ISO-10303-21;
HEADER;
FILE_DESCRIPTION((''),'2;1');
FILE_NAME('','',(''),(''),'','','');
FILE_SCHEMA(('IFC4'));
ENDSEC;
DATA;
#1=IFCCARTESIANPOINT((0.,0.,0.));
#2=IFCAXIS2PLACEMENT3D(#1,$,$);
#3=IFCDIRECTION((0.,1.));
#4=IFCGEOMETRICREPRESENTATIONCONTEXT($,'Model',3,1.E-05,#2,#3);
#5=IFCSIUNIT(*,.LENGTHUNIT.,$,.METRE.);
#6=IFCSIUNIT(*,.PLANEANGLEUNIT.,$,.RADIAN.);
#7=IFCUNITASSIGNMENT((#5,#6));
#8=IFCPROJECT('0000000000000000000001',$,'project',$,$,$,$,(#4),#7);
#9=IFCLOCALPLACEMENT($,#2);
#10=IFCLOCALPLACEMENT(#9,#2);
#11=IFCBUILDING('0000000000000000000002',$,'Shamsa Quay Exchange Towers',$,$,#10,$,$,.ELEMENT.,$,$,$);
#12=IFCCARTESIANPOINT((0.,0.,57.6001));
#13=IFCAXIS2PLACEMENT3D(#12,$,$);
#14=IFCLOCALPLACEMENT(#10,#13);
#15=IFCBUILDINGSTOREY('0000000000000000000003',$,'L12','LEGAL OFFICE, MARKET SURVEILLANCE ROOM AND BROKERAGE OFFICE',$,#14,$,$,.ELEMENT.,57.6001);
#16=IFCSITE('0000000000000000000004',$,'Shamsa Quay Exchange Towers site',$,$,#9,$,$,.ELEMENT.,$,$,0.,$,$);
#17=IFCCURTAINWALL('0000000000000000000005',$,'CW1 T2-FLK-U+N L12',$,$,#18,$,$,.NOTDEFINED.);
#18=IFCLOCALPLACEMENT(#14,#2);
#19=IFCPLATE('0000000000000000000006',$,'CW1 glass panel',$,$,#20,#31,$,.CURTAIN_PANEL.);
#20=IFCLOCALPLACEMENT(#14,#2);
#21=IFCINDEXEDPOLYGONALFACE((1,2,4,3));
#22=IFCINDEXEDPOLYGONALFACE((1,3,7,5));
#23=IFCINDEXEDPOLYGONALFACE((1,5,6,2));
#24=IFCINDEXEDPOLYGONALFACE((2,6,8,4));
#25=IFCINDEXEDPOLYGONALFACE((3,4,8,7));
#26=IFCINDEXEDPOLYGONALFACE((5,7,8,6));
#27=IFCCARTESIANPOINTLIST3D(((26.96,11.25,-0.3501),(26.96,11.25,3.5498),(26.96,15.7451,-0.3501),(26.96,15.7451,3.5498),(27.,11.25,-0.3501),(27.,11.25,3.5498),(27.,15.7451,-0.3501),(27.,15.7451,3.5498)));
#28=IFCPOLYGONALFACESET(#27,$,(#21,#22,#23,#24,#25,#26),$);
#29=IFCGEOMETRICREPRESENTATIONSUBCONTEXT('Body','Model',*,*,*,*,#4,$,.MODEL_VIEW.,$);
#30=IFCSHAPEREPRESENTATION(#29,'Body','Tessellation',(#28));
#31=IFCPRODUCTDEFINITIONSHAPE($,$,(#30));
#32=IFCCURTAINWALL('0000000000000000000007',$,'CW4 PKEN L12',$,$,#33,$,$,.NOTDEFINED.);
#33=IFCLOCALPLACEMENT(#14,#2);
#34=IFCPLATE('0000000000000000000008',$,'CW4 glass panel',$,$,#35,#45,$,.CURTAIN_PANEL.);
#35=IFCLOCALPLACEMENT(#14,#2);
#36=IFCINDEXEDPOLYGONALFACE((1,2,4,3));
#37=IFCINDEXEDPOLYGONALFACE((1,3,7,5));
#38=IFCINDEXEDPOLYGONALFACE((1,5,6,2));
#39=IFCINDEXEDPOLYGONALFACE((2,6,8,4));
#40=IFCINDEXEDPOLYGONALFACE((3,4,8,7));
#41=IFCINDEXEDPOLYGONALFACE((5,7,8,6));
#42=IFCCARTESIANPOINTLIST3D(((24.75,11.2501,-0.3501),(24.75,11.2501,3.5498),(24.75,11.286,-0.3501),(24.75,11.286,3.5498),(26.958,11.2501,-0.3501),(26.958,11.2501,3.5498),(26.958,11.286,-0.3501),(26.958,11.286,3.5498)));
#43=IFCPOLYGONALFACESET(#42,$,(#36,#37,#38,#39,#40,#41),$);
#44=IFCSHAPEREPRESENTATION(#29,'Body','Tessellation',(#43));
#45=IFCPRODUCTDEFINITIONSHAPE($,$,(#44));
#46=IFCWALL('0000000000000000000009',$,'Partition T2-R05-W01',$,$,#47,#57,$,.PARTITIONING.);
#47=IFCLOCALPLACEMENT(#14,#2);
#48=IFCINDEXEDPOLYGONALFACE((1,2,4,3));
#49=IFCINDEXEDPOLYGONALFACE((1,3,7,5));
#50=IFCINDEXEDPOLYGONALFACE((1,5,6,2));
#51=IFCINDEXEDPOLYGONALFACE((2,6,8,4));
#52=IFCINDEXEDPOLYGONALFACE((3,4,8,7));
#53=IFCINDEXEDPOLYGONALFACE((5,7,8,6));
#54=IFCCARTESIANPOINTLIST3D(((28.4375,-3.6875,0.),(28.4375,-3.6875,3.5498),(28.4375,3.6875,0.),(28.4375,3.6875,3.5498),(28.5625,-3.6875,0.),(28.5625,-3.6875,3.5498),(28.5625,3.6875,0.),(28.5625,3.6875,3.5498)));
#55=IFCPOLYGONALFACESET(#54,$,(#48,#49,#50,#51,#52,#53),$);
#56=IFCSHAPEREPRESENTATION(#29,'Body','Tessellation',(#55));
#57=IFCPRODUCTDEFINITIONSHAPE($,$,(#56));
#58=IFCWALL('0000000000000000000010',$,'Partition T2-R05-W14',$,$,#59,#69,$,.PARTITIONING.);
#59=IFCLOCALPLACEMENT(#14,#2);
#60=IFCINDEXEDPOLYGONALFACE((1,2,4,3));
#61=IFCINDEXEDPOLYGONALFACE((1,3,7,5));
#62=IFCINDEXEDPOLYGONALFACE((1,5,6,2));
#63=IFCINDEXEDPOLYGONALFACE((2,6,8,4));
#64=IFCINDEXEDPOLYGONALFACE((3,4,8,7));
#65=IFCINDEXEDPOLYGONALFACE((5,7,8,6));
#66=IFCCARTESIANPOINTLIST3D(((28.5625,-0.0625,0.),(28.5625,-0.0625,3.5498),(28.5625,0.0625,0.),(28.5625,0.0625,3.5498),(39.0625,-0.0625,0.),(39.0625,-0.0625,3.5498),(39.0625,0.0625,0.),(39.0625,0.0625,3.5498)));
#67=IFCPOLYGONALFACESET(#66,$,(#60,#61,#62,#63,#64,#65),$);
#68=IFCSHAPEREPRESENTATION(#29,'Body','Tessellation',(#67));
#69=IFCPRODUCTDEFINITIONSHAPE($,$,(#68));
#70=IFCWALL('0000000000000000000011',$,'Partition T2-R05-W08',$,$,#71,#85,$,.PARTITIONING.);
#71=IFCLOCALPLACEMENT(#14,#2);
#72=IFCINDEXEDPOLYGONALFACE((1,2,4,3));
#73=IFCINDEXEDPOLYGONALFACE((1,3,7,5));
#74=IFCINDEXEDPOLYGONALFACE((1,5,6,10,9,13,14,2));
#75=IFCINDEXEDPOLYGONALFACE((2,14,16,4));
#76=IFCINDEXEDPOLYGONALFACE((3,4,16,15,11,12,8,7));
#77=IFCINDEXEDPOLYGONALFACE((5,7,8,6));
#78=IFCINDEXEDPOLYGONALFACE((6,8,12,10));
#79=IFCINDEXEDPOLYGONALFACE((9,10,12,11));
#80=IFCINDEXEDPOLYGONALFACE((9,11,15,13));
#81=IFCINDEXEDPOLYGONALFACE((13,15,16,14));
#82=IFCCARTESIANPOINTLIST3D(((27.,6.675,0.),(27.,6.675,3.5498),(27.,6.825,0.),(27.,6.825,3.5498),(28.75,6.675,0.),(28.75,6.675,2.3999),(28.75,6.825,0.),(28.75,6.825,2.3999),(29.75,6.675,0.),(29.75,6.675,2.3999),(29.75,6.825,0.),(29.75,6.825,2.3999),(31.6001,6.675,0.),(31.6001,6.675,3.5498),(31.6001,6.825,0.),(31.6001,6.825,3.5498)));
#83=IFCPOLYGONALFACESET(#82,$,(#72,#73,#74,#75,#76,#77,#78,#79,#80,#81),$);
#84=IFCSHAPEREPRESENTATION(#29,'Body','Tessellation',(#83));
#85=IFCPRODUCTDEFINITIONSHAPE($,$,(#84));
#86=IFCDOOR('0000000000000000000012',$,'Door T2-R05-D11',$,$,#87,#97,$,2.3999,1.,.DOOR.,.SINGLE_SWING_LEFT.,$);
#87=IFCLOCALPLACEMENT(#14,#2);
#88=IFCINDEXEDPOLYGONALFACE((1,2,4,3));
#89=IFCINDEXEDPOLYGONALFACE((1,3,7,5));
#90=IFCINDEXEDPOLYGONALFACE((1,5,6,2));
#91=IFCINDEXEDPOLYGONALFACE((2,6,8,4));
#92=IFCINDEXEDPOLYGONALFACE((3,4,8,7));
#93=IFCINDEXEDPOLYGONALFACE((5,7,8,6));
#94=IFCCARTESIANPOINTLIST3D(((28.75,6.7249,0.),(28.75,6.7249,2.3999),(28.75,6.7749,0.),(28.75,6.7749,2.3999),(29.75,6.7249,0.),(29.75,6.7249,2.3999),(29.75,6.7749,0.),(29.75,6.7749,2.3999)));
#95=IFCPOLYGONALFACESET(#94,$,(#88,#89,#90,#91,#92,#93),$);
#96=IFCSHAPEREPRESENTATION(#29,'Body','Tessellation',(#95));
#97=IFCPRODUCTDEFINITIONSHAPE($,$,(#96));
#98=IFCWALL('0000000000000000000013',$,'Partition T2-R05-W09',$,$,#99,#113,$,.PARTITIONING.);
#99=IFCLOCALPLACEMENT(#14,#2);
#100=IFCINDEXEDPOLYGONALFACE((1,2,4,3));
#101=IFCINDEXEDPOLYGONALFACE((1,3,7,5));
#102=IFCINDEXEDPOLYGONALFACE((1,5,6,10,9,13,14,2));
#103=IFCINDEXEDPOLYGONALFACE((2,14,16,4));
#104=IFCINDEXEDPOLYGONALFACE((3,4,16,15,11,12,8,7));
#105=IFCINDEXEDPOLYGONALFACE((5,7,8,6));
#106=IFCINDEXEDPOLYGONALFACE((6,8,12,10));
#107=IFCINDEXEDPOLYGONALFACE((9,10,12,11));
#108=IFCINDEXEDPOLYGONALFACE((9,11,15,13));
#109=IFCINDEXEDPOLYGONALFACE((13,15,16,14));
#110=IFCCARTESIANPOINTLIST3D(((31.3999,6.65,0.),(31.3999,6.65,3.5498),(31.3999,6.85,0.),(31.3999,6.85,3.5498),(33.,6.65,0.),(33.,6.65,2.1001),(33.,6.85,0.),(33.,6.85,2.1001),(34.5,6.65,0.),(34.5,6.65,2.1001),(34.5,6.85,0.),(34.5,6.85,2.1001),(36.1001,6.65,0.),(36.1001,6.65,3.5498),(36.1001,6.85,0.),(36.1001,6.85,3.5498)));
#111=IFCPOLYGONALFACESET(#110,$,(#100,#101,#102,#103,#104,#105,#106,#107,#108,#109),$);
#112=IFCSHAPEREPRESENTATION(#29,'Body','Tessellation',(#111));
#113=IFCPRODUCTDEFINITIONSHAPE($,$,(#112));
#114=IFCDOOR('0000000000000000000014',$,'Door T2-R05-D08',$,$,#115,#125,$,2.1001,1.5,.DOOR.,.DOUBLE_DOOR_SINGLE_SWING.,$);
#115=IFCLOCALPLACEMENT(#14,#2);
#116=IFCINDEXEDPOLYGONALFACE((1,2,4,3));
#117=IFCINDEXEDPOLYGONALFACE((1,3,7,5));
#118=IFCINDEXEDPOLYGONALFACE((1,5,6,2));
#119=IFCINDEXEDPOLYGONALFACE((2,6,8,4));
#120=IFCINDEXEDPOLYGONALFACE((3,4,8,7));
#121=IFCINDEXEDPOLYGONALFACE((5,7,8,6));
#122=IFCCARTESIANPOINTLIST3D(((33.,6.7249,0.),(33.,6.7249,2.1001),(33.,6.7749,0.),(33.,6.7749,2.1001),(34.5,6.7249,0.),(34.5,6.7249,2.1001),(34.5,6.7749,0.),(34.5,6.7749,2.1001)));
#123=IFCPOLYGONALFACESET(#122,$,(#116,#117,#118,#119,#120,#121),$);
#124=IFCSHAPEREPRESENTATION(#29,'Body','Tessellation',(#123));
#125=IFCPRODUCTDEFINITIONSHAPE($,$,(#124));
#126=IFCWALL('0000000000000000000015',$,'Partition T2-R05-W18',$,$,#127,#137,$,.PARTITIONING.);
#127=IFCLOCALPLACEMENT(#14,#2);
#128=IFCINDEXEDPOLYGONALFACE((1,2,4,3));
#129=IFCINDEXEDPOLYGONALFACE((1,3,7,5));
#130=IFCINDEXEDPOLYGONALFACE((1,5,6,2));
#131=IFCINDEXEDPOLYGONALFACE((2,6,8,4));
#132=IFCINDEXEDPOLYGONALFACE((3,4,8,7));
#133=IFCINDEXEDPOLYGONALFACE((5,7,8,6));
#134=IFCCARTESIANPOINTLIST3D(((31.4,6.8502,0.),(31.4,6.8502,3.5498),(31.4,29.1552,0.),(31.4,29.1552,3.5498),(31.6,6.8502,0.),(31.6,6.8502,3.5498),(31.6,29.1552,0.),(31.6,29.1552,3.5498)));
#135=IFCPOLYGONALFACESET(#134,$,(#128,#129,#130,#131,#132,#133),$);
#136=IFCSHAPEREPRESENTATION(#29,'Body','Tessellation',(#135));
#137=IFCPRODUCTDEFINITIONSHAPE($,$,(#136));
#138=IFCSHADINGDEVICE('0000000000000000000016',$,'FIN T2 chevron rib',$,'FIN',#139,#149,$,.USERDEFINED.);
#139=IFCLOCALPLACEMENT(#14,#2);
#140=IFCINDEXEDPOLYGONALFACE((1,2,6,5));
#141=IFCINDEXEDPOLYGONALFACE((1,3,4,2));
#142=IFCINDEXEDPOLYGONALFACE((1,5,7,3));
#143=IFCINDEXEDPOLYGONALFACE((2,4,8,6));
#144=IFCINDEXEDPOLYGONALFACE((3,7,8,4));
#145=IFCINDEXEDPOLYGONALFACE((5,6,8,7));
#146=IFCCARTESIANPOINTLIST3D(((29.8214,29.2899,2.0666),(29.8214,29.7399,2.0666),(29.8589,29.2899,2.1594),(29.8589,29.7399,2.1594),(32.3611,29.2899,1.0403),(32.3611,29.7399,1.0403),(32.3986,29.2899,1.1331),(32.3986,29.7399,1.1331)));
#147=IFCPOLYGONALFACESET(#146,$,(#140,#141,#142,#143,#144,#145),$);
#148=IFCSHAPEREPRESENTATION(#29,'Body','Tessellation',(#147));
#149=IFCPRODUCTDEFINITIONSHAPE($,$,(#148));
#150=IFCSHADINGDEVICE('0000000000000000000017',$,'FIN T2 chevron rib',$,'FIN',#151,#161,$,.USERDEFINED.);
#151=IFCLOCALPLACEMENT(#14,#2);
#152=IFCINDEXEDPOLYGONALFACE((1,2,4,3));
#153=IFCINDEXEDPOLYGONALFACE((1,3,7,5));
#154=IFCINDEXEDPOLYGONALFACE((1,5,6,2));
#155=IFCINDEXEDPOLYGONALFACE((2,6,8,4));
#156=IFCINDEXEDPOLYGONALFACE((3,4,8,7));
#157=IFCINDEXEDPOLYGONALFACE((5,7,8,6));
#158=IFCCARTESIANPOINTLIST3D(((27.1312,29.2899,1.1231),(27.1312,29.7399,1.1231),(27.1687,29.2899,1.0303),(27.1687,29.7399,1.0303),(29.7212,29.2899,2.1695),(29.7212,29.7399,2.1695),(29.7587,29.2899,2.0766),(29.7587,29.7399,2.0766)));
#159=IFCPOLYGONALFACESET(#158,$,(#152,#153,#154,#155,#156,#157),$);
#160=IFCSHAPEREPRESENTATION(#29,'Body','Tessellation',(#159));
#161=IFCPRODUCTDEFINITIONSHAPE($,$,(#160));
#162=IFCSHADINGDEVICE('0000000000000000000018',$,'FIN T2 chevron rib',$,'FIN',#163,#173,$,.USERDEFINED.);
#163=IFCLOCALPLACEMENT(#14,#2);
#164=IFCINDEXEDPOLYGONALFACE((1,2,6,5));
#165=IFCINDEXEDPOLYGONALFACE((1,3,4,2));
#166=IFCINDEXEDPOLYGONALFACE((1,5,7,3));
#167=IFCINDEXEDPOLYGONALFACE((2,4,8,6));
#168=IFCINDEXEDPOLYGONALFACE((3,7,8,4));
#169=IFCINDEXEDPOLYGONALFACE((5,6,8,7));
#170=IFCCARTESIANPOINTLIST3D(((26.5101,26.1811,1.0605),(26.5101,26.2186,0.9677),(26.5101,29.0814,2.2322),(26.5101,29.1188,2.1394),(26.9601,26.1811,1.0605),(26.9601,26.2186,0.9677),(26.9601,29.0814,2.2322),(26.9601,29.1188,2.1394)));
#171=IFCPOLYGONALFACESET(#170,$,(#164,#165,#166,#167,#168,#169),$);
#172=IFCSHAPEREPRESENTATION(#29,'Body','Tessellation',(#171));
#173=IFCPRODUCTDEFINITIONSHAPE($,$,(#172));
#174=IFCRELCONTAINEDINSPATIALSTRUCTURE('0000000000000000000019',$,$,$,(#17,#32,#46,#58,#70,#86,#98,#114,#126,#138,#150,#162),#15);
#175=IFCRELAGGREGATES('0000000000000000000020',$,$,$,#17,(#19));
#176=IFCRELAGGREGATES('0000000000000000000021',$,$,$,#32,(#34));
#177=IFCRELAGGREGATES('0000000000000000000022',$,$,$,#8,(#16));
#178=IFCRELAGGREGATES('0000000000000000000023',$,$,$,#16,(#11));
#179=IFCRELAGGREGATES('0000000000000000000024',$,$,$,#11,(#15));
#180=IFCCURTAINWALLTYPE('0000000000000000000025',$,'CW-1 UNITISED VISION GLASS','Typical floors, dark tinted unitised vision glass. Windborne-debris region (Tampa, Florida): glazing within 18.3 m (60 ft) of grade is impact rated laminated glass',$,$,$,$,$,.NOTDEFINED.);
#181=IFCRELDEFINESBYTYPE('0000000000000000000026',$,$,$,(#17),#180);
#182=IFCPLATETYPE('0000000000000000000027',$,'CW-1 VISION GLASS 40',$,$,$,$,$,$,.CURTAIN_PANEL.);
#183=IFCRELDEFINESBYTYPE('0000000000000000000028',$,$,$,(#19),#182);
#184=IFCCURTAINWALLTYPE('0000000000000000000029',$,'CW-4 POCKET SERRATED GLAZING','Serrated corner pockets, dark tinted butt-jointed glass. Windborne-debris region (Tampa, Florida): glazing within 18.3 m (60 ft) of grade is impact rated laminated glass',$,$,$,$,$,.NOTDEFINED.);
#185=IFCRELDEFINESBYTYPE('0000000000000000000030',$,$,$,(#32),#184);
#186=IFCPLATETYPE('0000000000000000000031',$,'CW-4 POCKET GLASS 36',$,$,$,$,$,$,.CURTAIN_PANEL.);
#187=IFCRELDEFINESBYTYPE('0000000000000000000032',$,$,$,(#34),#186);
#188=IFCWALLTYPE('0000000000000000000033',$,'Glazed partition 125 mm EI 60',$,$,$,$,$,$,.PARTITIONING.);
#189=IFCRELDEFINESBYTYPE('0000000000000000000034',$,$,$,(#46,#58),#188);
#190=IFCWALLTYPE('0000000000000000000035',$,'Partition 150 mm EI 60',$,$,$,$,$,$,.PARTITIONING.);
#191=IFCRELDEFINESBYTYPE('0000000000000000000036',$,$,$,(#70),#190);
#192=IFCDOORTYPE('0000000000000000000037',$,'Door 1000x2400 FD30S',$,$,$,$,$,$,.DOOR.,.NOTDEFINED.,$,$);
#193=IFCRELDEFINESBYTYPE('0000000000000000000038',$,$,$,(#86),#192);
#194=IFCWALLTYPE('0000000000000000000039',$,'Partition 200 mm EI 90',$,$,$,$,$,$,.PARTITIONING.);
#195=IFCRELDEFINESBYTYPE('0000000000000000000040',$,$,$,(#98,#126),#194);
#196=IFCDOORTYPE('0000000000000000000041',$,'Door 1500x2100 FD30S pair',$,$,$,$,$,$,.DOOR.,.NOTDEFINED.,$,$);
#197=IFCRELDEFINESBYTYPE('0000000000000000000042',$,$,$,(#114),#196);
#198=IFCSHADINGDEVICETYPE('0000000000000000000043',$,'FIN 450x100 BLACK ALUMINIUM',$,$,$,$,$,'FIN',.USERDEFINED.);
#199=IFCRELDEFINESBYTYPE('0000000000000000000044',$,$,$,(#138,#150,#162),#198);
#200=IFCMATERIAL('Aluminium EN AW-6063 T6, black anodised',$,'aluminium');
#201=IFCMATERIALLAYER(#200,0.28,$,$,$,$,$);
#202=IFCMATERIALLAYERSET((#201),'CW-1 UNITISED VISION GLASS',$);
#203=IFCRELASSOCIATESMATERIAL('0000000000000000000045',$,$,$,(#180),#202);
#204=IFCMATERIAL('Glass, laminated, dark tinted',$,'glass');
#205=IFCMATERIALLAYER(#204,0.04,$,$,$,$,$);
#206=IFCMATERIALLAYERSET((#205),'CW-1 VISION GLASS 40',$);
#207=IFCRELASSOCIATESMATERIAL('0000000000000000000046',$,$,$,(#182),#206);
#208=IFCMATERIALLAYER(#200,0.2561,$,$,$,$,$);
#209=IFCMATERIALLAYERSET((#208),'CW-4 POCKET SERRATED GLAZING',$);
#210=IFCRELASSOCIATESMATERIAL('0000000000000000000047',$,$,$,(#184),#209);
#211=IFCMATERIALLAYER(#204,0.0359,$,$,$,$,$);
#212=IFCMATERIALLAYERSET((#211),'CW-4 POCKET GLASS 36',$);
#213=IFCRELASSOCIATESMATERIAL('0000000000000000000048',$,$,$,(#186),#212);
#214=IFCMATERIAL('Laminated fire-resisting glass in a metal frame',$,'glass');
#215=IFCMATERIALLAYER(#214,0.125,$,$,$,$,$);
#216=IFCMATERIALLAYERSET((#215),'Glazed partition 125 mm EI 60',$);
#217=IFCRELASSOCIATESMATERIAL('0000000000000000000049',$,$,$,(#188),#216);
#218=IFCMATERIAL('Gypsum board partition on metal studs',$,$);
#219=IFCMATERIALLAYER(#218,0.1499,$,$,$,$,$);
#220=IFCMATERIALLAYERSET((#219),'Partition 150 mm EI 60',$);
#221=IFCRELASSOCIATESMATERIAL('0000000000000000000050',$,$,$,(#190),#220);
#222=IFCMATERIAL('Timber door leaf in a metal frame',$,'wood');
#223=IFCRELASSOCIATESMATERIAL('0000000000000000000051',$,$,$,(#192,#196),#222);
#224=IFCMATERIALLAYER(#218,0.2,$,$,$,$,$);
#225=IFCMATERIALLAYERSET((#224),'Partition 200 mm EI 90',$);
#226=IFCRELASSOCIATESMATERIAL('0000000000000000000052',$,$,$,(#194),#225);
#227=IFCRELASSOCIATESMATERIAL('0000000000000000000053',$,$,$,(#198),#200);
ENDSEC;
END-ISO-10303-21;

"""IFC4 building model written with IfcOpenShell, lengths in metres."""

from ifc_helpers import new_model, si_unit, direction, frame, frame_2d, origin, origin_2d, place, context, subcontext, project, spatial, rectangle, extrude, material, layer, layer_set, material_profile, profile_set, type_object, element, fill, aggregate, save


model = new_model("IFC4")

# Units and contexts
model_context = context("Model", 3, precision=1e-05, world=origin(), true_north=direction((0.0, 1.0)))
body_context = subcontext(model_context, "Body", "Model", "MODEL_VIEW")
ifc_project = project(units=[si_unit("LENGTHUNIT", "METRE"), si_unit("PLANEANGLEUNIT", "RADIAN")], contexts=[model_context])

# Site, building, storey
site_placement = place(None, origin())
site = spatial("IfcSite", under=ifc_project, at=site_placement, Name="Shamsa Quay Exchange Towers site", CompositionType="ELEMENT", RefElevation=0.0)
building_placement = place(site_placement, origin())
building = spatial("IfcBuilding", under=site, at=building_placement, Name="Shamsa Quay Exchange Towers", CompositionType="ELEMENT")
storey_placement = place(building_placement, frame((0.0, 0.0, 57.6001)))
storey = spatial("IfcBuildingStorey", under=building, at=storey_placement, Name="L12", Description="LEGAL OFFICE, MARKET SURVEILLANCE ROOM AND BROKERAGE OFFICE", CompositionType="ELEMENT", Elevation=57.6001)

# Curtain wall
ifc_material_1 = material(Name="Aluminium EN AW-6063 T6, black anodised", Category="aluminium")
ifc_layer_1 = layer(ifc_material_1, 0.28)
ifc_layer_set_1 = layer_set([ifc_layer_1], Name="CW-1 UNITISED VISION GLASS")
curtain_wall_type_1 = type_object("IfcCurtainWallType", Name="CW-1 UNITISED VISION GLASS", Description="Typical floors, dark tinted unitised vision glass. Windborne-debris region (Tampa, Florida): glazing within 18.3 m (60 ft) of grade is impact rated laminated glass", PredefinedType="NOTDEFINED", material=ifc_layer_set_1)
curtain_wall_1_placement = place(storey_placement, origin())
curtain_wall_1 = element("IfcCurtainWall", 1, at=curtain_wall_1_placement, inside=storey, type_object=curtain_wall_type_1, Name="CW1 T2-FLK-U+N L12", PredefinedType="NOTDEFINED")

# Shared definitions
ifc_material_2 = material(Name="Glass, laminated, dark tinted", Category="glass")
ifc_layer_2 = layer(ifc_material_2, 0.04)
ifc_layer_set_2 = layer_set([ifc_layer_2], Name="CW-1 VISION GLASS 40")
plate_type_1 = type_object("IfcPlateType", Name="CW-1 VISION GLASS 40", PredefinedType="CURTAIN_PANEL", material=ifc_layer_set_2)

# Plate
plate_1_placement = place(storey_placement, frame((26.98, 13.4976, -0.3501), z_axis=(0.0, 0.0, 1.0), x_axis=(0.0, -1.0, 0.0)))
plate_1 = element("IfcPlate", 2, at=plate_1_placement, type_object=plate_type_1, Name="CW1 glass panel", PredefinedType="CURTAIN_PANEL", context=body_context, shape_type="SweptSolid", body=[
    extrude(rectangle(XDim=4.4951, YDim=0.04, at=origin_2d()), origin(), (0.0, 0.0, 1.0), 3.8999),
])
aggregate(curtain_wall_1, [plate_1])

# Curtain wall, plate
ifc_layer_3 = layer(ifc_material_1, 0.2561)
ifc_layer_set_3 = layer_set([ifc_layer_3], Name="CW-4 POCKET SERRATED GLAZING")
curtain_wall_type_2 = type_object("IfcCurtainWallType", Name="CW-4 POCKET SERRATED GLAZING", Description="Serrated corner pockets, dark tinted butt-jointed glass. Windborne-debris region (Tampa, Florida): glazing within 18.3 m (60 ft) of grade is impact rated laminated glass", PredefinedType="NOTDEFINED", material=ifc_layer_set_3)
curtain_wall_2_placement = place(storey_placement, origin())
curtain_wall_2 = element("IfcCurtainWall", 3, at=curtain_wall_2_placement, inside=storey, type_object=curtain_wall_type_2, Name="CW4 PKEN L12", PredefinedType="NOTDEFINED")
ifc_layer_4 = layer(ifc_material_2, 0.0359)
ifc_layer_set_4 = layer_set([ifc_layer_4], Name="CW-4 POCKET GLASS 36")
plate_type_2 = type_object("IfcPlateType", Name="CW-4 POCKET GLASS 36", PredefinedType="CURTAIN_PANEL", material=ifc_layer_set_4)
plate_2_placement = place(storey_placement, frame((25.854, 11.2681, -0.3501), z_axis=(0.0, 0.0, 1.0), x_axis=(-1.0, 0.0, 0.0)))
plate_2 = element("IfcPlate", 4, at=plate_2_placement, type_object=plate_type_2, Name="CW4 glass panel", PredefinedType="CURTAIN_PANEL", context=body_context, shape_type="SweptSolid", body=[
    extrude(rectangle(XDim=2.208, YDim=0.0359, at=origin_2d()), origin(), (0.0, 0.0, 1.0), 3.8999),
])
aggregate(curtain_wall_2, [plate_2])

# Walls
ifc_material_3 = material(Name="Laminated fire-resisting glass in a metal frame", Category="glass")
ifc_layer_5 = layer(ifc_material_3, 0.125)
ifc_layer_set_5 = layer_set([ifc_layer_5], Name="Glazed partition 125 mm EI 60")
wall_type_1 = type_object("IfcWallType", Name="Glazed partition 125 mm EI 60", PredefinedType="PARTITIONING", material=ifc_layer_set_5)
wall_1_placement = place(storey_placement, frame((28.5, 3.6875, 0.0), z_axis=(0.0, 0.0, 1.0), x_axis=(0.0, -1.0, 0.0)))
element("IfcWall", 5, at=wall_1_placement, inside=storey, type_object=wall_type_1, Name="Partition T2-R05-W01", PredefinedType="PARTITIONING", context=body_context, shape_type="SweptSolid", body=[
    extrude(rectangle(XDim=7.375, YDim=0.125, at=frame_2d((3.6875, 0.0))), origin(), (0.0, 0.0, 1.0), 3.5498),
])
wall_2_placement = place(storey_placement, frame((28.5625, 0.0, 0.0)))
element("IfcWall", 6, at=wall_2_placement, inside=storey, type_object=wall_type_1, Name="Partition T2-R05-W14", PredefinedType="PARTITIONING", context=body_context, shape_type="SweptSolid", body=[
    extrude(rectangle(XDim=10.5, YDim=0.125, at=frame_2d((5.25, 0.0))), origin(), (0.0, 0.0, 1.0), 3.5498),
])

# Walls, openings, doors
ifc_material_4 = material(Name="Gypsum board partition on metal studs")
ifc_layer_6 = layer(ifc_material_4, 0.1499)
ifc_layer_set_6 = layer_set([ifc_layer_6], Name="Partition 150 mm EI 60")
wall_type_2 = type_object("IfcWallType", Name="Partition 150 mm EI 60", PredefinedType="PARTITIONING", material=ifc_layer_set_6)
wall_3_placement = place(storey_placement, frame((27.0, 6.75, 0.0)))
wall_3 = element("IfcWall", 7, at=wall_3_placement, inside=storey, type_object=wall_type_2, Name="Partition T2-R05-W08", PredefinedType="PARTITIONING", context=body_context, shape_type="SweptSolid", body=[
    extrude(rectangle(XDim=4.6001, YDim=0.1499, at=frame_2d((2.3, 0.0))), origin(), (0.0, 0.0, 1.0), 3.5498),
])
opening_1_placement = place(wall_3_placement, frame((1.75, 0.0, 0.0)))
opening_1 = element("IfcOpeningElement", 8, at=opening_1_placement, cuts=wall_3, PredefinedType="OPENING", context=body_context, shape_type="SweptSolid", body=[
    extrude(rectangle(XDim=1.0, YDim=2.3999, at=frame_2d((0.5, 1.2))), frame((0.0, 0.085, 0.0), z_axis=(0.0, -1.0, 0.0), x_axis=(1.0, 0.0, 0.0)), (0.0, 0.0, 1.0), 0.1699),
])
ifc_material_5 = material(Name="Timber door leaf in a metal frame", Category="wood")
door_type_1 = type_object("IfcDoorType", Name="Door 1000x2400 FD30S", OperationType="NOTDEFINED", PredefinedType="DOOR", material=ifc_material_5)
door_1_placement = place(opening_1_placement, origin())
door_1 = element("IfcDoor", 9, at=door_1_placement, inside=storey, type_object=door_type_1, Name="Door T2-R05-D11", OperationType="SINGLE_SWING_LEFT", OverallHeight=2.3999, OverallWidth=1.0, PredefinedType="DOOR", context=body_context, shape_type="SweptSolid", body=[
    extrude(rectangle(XDim=1.0, YDim=2.3999, at=frame_2d((0.5, 1.2))), frame((0.0, 0.0249, 0.0), z_axis=(0.0, -1.0, 0.0), x_axis=(1.0, 0.0, 0.0)), (0.0, 0.0, 1.0), 0.05),
])
fill(opening_1, door_1)
ifc_layer_7 = layer(ifc_material_4, 0.2)
ifc_layer_set_7 = layer_set([ifc_layer_7], Name="Partition 200 mm EI 90")
wall_type_3 = type_object("IfcWallType", Name="Partition 200 mm EI 90", PredefinedType="PARTITIONING", material=ifc_layer_set_7)
wall_4_placement = place(storey_placement, frame((31.3999, 6.75, 0.0)))
wall_4 = element("IfcWall", 10, at=wall_4_placement, inside=storey, type_object=wall_type_3, Name="Partition T2-R05-W09", PredefinedType="PARTITIONING", context=body_context, shape_type="SweptSolid", body=[
    extrude(rectangle(XDim=4.7002, YDim=0.2, at=frame_2d((2.3501, 0.0))), origin(), (0.0, 0.0, 1.0), 3.5498),
])
opening_2_placement = place(wall_4_placement, frame((1.6001, 0.0, 0.0)))
opening_2 = element("IfcOpeningElement", 11, at=opening_2_placement, cuts=wall_4, PredefinedType="OPENING", context=body_context, shape_type="SweptSolid", body=[
    extrude(rectangle(XDim=1.5, YDim=2.1001, at=frame_2d((0.75, 1.05))), frame((0.0, 0.1099, 0.0), z_axis=(0.0, -1.0, 0.0), x_axis=(1.0, 0.0, 0.0)), (0.0, 0.0, 1.0), 0.22),
])
door_type_2 = type_object("IfcDoorType", Name="Door 1500x2100 FD30S pair", OperationType="NOTDEFINED", PredefinedType="DOOR", material=ifc_material_5)
door_2_placement = place(opening_2_placement, origin())
door_2 = element("IfcDoor", 12, at=door_2_placement, inside=storey, type_object=door_type_2, Name="Door T2-R05-D08", OperationType="DOUBLE_DOOR_SINGLE_SWING", OverallHeight=2.1001, OverallWidth=1.5, PredefinedType="DOOR", context=body_context, shape_type="SweptSolid", body=[
    extrude(rectangle(XDim=1.5, YDim=2.1001, at=frame_2d((0.75, 1.05))), frame((0.0, 0.0249, 0.0), z_axis=(0.0, -1.0, 0.0), x_axis=(1.0, 0.0, 0.0)), (0.0, 0.0, 1.0), 0.05),
])
fill(opening_2, door_2)

# Wall
wall_5_placement = place(storey_placement, frame((31.5, 29.155, 0.0), z_axis=(0.0, 0.0, 1.0), x_axis=(0.0, -1.0, 0.0)))
element("IfcWall", 13, at=wall_5_placement, inside=storey, type_object=wall_type_3, Name="Partition T2-R05-W18", PredefinedType="PARTITIONING", context=body_context, shape_type="SweptSolid", body=[
    extrude(rectangle(XDim=22.3049, YDim=0.2, at=frame_2d((11.1523, 0.0))), origin(), (0.0, 0.0, 1.0), 3.5498),
])

# Shading devices
ifc_material_profile_1 = material_profile(ifc_material_1, rectangle(XDim=0.45, YDim=0.1001, at=origin_2d()), Name="FIN450x100")
ifc_profile_set_1 = profile_set([ifc_material_profile_1], Name="Aluminium EN AW-6063 T6, black anodised")
shading_device_type = type_object("IfcShadingDeviceType", Name="FIN 450x100 BLACK ALUMINIUM", ElementType="FIN", PredefinedType="USERDEFINED", material=ifc_profile_set_1)
shading_device_1_placement = place(storey_placement, frame((32.3799, 29.5149, 1.0867), z_axis=(-0.927156, 0.0, 0.374677), x_axis=(0.0, -1.0, 0.0)))
element("IfcShadingDevice", 14, at=shading_device_1_placement, inside=storey, type_object=shading_device_type, Name="FIN T2 chevron rib", ObjectType="FIN", PredefinedType="USERDEFINED", context=body_context, shape_type="SweptSolid", body=[
    extrude(rectangle(XDim=0.45, YDim=0.1001, at=origin_2d()), origin(), (0.0, 0.0, 1.0), 2.7393),
])
shading_device_2_placement = place(storey_placement, frame((29.74, 29.5149, 2.123), z_axis=(-0.927193, 0.0, -0.374583), x_axis=(0.0, -1.0, 0.0)))
element("IfcShadingDevice", 15, at=shading_device_2_placement, inside=storey, type_object=shading_device_type, Name="FIN T2 chevron rib", ObjectType="FIN", PredefinedType="USERDEFINED", context=body_context, shape_type="SweptSolid", body=[
    extrude(rectangle(XDim=0.45, YDim=0.1001, at=origin_2d()), origin(), (0.0, 0.0, 1.0), 2.7935),
])
shading_device_3_placement = place(storey_placement, frame((26.7351, 29.1001, 2.1858), z_axis=(0.0, -0.927195, -0.374578), x_axis=(1.0, 0.0, 0.0)))
element("IfcShadingDevice", 16, at=shading_device_3_placement, inside=storey, type_object=shading_device_type, Name="FIN T2 chevron rib", ObjectType="FIN", PredefinedType="USERDEFINED", context=body_context, shape_type="SweptSolid", body=[
    extrude(rectangle(XDim=0.45, YDim=0.1001, at=origin_2d()), origin(), (0.0, 0.0, 1.0), 3.1279),
])

save(model, "model.ifc")
